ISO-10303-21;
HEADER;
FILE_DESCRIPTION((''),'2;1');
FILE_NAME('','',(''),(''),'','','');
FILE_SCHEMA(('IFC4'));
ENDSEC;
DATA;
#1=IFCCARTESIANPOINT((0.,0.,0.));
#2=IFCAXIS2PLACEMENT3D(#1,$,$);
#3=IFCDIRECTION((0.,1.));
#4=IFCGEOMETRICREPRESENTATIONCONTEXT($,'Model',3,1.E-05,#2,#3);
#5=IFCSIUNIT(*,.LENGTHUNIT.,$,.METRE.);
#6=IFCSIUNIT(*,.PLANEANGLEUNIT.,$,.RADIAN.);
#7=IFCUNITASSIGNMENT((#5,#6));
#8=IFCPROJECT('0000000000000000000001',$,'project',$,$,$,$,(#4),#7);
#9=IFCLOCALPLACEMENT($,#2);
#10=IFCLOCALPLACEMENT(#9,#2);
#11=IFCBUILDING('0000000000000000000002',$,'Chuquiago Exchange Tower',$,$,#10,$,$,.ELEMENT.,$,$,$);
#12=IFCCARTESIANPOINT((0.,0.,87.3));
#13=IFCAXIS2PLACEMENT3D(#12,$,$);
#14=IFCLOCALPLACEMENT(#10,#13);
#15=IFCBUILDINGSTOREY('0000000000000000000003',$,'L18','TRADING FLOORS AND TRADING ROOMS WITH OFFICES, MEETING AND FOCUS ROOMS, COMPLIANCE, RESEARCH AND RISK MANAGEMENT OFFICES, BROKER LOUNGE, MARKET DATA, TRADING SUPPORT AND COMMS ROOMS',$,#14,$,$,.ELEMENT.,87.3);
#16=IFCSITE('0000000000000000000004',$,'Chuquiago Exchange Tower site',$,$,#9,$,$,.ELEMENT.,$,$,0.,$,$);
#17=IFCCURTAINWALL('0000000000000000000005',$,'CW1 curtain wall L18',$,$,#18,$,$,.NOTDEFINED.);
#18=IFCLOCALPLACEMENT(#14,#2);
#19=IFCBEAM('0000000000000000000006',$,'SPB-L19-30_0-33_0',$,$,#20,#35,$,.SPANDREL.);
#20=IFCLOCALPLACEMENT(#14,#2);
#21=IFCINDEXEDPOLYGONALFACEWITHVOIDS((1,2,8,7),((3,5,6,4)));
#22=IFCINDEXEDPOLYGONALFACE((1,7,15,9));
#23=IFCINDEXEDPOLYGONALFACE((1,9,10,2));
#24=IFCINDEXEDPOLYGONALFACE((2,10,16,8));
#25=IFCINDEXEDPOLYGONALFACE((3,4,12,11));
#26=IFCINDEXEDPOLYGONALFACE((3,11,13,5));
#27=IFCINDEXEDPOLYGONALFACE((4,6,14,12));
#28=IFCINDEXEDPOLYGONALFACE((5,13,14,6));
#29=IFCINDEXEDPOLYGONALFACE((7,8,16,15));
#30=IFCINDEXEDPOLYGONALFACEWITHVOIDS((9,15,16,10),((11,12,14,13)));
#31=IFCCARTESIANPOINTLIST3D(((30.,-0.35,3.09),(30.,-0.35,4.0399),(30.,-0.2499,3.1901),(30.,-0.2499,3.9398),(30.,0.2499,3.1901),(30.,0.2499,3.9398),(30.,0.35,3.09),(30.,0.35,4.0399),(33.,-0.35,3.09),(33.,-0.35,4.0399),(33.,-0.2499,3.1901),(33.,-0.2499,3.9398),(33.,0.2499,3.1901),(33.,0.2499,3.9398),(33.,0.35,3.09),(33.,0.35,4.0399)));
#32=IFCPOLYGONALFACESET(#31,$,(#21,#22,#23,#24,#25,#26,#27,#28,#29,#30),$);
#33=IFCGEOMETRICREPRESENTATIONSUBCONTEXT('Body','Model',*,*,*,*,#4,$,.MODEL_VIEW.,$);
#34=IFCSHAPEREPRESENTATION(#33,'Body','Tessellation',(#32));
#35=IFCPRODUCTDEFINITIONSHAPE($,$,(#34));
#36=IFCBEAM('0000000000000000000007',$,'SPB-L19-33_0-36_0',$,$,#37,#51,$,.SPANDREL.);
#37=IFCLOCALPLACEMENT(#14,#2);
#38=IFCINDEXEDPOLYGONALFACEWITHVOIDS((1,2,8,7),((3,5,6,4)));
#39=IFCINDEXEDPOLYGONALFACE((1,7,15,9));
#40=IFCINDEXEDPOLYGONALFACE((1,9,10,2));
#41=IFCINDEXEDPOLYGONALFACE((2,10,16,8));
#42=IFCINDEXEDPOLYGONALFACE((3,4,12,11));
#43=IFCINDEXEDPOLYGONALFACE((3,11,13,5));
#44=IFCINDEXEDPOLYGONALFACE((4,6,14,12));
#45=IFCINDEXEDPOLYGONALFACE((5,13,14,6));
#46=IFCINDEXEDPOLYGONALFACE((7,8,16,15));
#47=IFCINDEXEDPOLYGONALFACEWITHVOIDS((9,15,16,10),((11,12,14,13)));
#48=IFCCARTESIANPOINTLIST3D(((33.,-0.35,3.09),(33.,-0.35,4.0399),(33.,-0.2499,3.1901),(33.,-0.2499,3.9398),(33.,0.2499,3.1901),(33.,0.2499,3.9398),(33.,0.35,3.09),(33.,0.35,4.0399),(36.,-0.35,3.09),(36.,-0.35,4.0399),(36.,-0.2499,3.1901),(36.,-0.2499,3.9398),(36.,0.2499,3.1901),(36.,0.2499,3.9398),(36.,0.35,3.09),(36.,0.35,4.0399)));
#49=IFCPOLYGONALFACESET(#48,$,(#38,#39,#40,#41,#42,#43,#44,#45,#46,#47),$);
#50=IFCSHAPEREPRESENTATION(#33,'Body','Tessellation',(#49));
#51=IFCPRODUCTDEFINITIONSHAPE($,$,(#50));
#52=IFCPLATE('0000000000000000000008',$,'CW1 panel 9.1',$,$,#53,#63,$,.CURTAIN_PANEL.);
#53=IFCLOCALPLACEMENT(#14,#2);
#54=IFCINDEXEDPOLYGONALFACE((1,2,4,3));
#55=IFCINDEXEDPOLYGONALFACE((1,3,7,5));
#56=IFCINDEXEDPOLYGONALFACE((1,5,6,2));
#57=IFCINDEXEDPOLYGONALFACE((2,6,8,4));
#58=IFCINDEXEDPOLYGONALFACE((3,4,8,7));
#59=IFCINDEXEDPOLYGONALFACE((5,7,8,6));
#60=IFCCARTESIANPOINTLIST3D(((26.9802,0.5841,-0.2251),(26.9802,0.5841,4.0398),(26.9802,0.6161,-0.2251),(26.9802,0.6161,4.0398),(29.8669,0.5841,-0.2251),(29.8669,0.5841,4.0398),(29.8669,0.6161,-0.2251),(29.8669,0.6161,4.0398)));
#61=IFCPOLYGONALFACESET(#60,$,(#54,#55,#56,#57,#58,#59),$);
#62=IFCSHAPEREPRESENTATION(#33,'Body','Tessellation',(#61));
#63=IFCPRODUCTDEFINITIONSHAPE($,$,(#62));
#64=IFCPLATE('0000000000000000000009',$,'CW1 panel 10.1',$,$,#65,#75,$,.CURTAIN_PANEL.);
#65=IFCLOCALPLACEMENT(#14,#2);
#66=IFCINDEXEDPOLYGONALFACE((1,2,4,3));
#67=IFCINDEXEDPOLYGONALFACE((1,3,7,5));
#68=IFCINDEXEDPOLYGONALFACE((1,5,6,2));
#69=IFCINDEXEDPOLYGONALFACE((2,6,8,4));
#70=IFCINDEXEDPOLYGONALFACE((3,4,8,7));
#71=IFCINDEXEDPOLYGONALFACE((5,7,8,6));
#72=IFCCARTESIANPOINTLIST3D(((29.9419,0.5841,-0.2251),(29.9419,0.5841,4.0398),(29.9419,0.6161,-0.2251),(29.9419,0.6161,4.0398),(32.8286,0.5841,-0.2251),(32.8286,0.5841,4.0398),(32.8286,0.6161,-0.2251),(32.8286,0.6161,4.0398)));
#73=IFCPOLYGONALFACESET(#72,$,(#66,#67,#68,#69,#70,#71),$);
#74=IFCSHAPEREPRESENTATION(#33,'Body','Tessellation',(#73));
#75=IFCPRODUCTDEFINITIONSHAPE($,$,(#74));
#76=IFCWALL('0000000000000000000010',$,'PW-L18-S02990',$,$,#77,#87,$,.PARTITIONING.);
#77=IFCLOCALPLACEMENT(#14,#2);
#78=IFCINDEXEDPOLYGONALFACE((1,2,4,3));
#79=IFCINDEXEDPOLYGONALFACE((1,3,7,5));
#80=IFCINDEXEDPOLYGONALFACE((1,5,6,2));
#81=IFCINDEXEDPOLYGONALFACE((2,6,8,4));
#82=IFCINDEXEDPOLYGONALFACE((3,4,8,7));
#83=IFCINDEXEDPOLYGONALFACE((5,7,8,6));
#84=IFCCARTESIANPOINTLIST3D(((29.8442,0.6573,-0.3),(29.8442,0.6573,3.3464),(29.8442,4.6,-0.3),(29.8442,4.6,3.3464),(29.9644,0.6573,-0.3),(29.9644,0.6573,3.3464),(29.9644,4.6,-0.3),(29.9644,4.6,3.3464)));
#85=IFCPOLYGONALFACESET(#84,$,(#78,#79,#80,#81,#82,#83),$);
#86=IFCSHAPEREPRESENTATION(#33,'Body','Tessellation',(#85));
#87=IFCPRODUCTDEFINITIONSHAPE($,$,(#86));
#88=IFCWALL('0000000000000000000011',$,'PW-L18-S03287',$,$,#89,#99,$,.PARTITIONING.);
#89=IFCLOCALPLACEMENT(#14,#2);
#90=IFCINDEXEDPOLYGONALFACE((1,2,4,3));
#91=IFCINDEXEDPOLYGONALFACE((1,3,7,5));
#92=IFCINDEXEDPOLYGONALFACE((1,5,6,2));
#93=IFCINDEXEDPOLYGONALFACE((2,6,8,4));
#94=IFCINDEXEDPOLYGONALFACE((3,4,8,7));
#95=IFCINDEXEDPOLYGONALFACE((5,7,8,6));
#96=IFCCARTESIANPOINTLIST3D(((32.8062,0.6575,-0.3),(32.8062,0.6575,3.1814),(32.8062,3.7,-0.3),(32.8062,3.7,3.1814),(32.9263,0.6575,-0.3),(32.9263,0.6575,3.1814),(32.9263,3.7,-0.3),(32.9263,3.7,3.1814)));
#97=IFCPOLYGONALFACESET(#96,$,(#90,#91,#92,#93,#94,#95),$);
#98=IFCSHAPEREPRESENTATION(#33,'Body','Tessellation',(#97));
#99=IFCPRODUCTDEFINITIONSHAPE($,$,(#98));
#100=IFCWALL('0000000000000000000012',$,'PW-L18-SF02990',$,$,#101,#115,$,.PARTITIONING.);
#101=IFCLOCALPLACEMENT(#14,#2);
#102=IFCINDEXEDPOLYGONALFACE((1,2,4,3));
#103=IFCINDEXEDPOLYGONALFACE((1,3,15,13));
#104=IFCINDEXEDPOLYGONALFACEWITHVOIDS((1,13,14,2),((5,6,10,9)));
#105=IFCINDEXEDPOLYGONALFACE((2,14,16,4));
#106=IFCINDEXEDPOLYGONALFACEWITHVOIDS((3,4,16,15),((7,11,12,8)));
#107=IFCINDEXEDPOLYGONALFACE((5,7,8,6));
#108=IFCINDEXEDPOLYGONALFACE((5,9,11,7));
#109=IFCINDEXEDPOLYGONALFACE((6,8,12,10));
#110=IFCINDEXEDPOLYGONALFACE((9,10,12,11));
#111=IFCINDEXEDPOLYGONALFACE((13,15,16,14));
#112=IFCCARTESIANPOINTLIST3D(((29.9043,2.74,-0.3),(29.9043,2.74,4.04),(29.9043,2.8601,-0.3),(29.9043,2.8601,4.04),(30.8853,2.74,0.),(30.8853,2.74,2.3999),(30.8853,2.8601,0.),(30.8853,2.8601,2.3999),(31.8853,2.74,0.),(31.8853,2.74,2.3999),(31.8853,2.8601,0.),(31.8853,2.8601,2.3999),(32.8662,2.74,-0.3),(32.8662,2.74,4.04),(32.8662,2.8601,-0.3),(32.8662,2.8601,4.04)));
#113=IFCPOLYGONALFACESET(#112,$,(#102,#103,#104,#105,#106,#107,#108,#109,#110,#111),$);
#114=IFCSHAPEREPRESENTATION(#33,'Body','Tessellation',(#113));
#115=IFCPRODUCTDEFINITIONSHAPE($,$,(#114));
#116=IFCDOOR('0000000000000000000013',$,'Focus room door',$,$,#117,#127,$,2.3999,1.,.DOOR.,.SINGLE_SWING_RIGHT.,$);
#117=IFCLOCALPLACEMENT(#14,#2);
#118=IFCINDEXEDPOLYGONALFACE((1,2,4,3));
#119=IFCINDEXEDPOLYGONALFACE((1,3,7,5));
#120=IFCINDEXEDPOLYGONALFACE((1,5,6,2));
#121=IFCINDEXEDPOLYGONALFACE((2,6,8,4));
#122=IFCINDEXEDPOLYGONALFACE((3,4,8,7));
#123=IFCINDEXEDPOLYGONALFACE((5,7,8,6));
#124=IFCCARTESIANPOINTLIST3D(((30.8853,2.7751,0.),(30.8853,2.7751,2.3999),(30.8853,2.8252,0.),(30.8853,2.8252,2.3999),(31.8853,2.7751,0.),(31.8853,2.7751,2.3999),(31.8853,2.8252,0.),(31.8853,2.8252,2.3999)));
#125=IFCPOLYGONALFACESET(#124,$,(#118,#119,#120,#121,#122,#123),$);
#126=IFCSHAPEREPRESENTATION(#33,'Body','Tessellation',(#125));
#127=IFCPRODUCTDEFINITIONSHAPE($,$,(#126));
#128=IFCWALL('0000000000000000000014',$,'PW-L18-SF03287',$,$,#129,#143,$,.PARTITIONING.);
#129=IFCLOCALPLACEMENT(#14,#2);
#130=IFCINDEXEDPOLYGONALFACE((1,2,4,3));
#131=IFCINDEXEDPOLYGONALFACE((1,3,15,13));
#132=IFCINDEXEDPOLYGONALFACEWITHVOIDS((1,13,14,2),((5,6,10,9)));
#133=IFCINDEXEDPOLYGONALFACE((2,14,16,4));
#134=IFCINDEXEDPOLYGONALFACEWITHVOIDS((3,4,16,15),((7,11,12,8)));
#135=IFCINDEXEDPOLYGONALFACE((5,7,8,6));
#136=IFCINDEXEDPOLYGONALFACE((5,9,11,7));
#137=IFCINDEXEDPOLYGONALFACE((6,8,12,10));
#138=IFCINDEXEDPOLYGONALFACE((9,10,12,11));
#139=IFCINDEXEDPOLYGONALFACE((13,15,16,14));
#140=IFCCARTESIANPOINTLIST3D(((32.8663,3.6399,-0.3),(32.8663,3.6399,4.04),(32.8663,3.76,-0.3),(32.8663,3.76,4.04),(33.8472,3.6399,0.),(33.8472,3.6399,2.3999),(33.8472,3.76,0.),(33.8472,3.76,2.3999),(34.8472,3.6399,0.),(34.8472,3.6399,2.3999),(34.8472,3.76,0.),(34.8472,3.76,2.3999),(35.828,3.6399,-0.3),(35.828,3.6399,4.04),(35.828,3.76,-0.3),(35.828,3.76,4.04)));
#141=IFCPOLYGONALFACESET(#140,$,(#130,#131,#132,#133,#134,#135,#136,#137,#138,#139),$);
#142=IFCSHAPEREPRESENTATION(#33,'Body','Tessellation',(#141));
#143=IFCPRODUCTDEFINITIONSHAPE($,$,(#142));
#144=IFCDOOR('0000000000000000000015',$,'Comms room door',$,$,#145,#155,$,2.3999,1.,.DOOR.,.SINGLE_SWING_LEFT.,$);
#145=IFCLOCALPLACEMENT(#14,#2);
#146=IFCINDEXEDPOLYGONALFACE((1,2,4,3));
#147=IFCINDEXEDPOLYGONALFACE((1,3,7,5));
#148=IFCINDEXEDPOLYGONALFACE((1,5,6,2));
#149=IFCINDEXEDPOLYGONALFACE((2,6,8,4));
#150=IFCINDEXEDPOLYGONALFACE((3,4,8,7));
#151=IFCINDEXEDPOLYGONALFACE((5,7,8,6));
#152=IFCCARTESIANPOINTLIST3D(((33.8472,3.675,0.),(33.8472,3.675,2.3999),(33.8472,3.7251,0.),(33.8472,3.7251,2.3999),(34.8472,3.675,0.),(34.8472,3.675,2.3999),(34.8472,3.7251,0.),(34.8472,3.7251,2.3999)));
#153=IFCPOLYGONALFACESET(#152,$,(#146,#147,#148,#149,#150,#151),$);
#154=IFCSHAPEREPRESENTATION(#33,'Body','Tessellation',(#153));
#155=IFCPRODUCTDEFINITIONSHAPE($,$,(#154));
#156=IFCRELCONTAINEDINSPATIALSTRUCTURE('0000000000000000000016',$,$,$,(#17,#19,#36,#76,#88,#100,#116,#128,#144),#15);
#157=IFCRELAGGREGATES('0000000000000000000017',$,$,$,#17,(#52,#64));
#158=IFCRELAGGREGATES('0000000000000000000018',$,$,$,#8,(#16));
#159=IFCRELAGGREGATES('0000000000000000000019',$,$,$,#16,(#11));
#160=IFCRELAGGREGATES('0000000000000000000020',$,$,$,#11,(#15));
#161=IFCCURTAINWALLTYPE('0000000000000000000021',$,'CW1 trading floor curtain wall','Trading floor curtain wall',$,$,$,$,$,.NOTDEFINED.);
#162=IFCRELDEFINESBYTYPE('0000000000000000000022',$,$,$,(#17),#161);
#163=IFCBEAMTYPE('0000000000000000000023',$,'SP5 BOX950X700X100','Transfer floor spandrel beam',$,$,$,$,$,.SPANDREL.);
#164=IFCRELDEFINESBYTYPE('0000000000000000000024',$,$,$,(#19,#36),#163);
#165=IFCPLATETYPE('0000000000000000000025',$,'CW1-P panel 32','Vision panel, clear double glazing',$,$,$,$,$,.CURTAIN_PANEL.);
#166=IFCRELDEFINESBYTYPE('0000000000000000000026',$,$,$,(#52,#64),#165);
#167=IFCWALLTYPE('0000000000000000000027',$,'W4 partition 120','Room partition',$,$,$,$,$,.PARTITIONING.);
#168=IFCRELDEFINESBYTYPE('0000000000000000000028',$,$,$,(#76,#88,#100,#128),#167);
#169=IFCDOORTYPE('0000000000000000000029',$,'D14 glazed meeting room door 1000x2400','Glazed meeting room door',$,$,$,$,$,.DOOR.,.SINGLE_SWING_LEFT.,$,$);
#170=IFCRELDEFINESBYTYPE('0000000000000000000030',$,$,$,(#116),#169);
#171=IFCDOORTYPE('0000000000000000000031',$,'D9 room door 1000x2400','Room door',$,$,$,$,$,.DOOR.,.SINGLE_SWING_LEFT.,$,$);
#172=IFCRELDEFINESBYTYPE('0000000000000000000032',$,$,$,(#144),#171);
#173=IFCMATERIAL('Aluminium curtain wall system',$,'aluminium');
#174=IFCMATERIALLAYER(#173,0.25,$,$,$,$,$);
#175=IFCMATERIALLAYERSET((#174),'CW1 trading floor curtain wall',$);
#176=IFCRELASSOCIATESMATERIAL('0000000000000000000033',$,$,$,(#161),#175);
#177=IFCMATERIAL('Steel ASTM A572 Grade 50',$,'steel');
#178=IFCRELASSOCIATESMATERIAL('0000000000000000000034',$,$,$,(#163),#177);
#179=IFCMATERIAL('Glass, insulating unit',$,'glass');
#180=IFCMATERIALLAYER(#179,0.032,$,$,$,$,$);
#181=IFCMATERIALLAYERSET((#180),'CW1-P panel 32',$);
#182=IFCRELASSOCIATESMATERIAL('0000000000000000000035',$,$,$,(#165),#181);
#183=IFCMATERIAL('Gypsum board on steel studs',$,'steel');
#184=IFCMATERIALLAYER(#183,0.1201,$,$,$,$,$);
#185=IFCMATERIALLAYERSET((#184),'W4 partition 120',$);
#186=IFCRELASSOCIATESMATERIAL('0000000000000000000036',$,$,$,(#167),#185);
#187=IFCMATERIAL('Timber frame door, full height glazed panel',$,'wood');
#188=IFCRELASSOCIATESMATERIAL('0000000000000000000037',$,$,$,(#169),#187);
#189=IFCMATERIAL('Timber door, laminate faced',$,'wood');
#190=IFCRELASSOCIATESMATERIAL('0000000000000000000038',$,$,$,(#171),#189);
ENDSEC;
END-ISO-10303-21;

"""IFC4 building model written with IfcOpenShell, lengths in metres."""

from ifc_helpers import new_model, si_unit, direction, frame, frame_2d, origin, origin_2d, place, context, subcontext, project, spatial, rectangle, hollow_rectangle, extrude, material, layer, layer_set, material_profile, profile_set, type_object, element, fill, aggregate, save


model = new_model("IFC4")

# Units and contexts
model_context = context("Model", 3, precision=1e-05, world=origin(), true_north=direction((0.0, 1.0)))
body_context = subcontext(model_context, "Body", "Model", "MODEL_VIEW")
ifc_project = project(units=[si_unit("LENGTHUNIT", "METRE"), si_unit("PLANEANGLEUNIT", "RADIAN")], contexts=[model_context])

# Site, building, storey
site_placement = place(None, origin())
site = spatial("IfcSite", under=ifc_project, at=site_placement, Name="Chuquiago Exchange Tower site", CompositionType="ELEMENT", RefElevation=0.0)
building_placement = place(site_placement, origin())
building = spatial("IfcBuilding", under=site, at=building_placement, Name="Chuquiago Exchange Tower", CompositionType="ELEMENT")
storey_placement = place(building_placement, frame((0.0, 0.0, 87.3)))
storey = spatial("IfcBuildingStorey", under=building, at=storey_placement, Name="L18", Description="TRADING FLOORS AND TRADING ROOMS WITH OFFICES, MEETING AND FOCUS ROOMS, COMPLIANCE, RESEARCH AND RISK MANAGEMENT OFFICES, BROKER LOUNGE, MARKET DATA, TRADING SUPPORT AND COMMS ROOMS", CompositionType="ELEMENT", Elevation=87.3)

# Curtain wall
ifc_material_1 = material(Name="Aluminium curtain wall system", Category="aluminium")
ifc_layer_1 = layer(ifc_material_1, 0.25)
ifc_layer_set_1 = layer_set([ifc_layer_1], Name="CW1 trading floor curtain wall")
curtain_wall_type = type_object("IfcCurtainWallType", Name="CW1 trading floor curtain wall", Description="Trading floor curtain wall", PredefinedType="NOTDEFINED", material=ifc_layer_set_1)
curtain_wall_placement = place(storey_placement, origin())
curtain_wall = element("IfcCurtainWall", 1, at=curtain_wall_placement, inside=storey, type_object=curtain_wall_type, Name="CW1 curtain wall L18", PredefinedType="NOTDEFINED")

# Beams
ifc_material_2 = material(Name="Steel ASTM A572 Grade 50", Category="steel")
ifc_material_profile_1 = material_profile(ifc_material_2, hollow_rectangle(XDim=0.7, YDim=0.95, WallThickness=0.1001, at=origin_2d()), Name="BOX950X700X100")
ifc_profile_set_1 = profile_set([ifc_material_profile_1], Name="Steel ASTM A572 Grade 50")
beam_type_1 = type_object("IfcBeamType", Name="SP5 BOX950X700X100", Description="Transfer floor spandrel beam", PredefinedType="SPANDREL", material=ifc_profile_set_1)
for number, where, z_axis, x_axis, name in (
    (2, (30.0, 0.0, 3.5649), (1.0, 0.0, 0.0), (0.0, 1.0, 0.0), "SPB-L19-30_0-33_0"),
    (3, (33.0, 0.0, 3.5649), (1.0, 0.0, 0.0), (0.0, 1.0, 0.0), "SPB-L19-33_0-36_0"),
):
    element("IfcBeam", number, at=place(storey_placement, frame(where, z_axis=z_axis, x_axis=x_axis)), inside=storey, type_object=beam_type_1, Name=name, PredefinedType="SPANDREL", context=body_context, shape_type="SweptSolid", body=[
        extrude(hollow_rectangle(XDim=0.7, YDim=0.95, WallThickness=0.1001, at=origin_2d()), origin(), (0.0, 0.0, 1.0), 3.0),
    ])

# Plates
ifc_material_3 = material(Name="Glass, insulating unit", Category="glass")
ifc_layer_2 = layer(ifc_material_3, 0.032)
ifc_layer_set_2 = layer_set([ifc_layer_2], Name="CW1-P panel 32")
plate_type = type_object("IfcPlateType", Name="CW1-P panel 32", Description="Vision panel, clear double glazing", PredefinedType="CURTAIN_PANEL", material=ifc_layer_set_2)
plate_1_placement = place(storey_placement, frame((28.4236, 0.6001, -0.2251), z_axis=(0.0, 0.0, 1.0), x_axis=(1.0, 0.0, 0.0)))
plate_1 = element("IfcPlate", 4, at=plate_1_placement, type_object=plate_type, Name="CW1 panel 9.1", PredefinedType="CURTAIN_PANEL", context=body_context, shape_type="SweptSolid", body=[
    extrude(rectangle(XDim=2.8867, YDim=0.032, at=origin_2d()), origin(), (0.0, 0.0, 1.0), 4.2649),
])
plate_2_placement = place(storey_placement, frame((31.3853, 0.6001, -0.2251), z_axis=(0.0, 0.0, 1.0), x_axis=(1.0, 0.0, 0.0)))
plate_2 = element("IfcPlate", 5, at=plate_2_placement, type_object=plate_type, Name="CW1 panel 10.1", PredefinedType="CURTAIN_PANEL", context=body_context, shape_type="SweptSolid", body=[
    extrude(rectangle(XDim=2.8867, YDim=0.032, at=origin_2d()), origin(), (0.0, 0.0, 1.0), 4.2649),
])
aggregate(curtain_wall, [plate_1, plate_2])

# Walls
ifc_material_4 = material(Name="Gypsum board on steel studs", Category="steel")
ifc_layer_3 = layer(ifc_material_4, 0.1201)
ifc_layer_set_3 = layer_set([ifc_layer_3], Name="W4 partition 120")
wall_type = type_object("IfcWallType", Name="W4 partition 120", Description="Room partition", PredefinedType="PARTITIONING", material=ifc_layer_set_3)
wall_1_placement = place(storey_placement, frame((29.9043, 0.6575, -0.3), z_axis=(0.0, 0.0, 1.0), x_axis=(0.0, 1.0, 0.0)))
element("IfcWall", 6, at=wall_1_placement, inside=storey, type_object=wall_type, Name="PW-L18-S02990", PredefinedType="PARTITIONING", context=body_context, shape_type="SweptSolid", body=[
    extrude(rectangle(XDim=3.9426, YDim=0.1201, at=frame_2d((1.9712, 0.0))), origin(), (0.0, 0.0, 1.0), 3.6465),
])
wall_2_placement = place(storey_placement, frame((32.8662, 0.6575, -0.3), z_axis=(0.0, 0.0, 1.0), x_axis=(0.0, 1.0, 0.0)))
element("IfcWall", 7, at=wall_2_placement, inside=storey, type_object=wall_type, Name="PW-L18-S03287", PredefinedType="PARTITIONING", context=body_context, shape_type="SweptSolid", body=[
    extrude(rectangle(XDim=3.0425, YDim=0.1201, at=frame_2d((1.5212, 0.0))), origin(), (0.0, 0.0, 1.0), 3.4814),
])

# Walls, openings, doors
wall_3_placement = place(storey_placement, frame((29.9043, 2.8, -0.3), z_axis=(0.0, 0.0, 1.0), x_axis=(1.0, 0.0, 0.0)))
wall_3 = element("IfcWall", 8, at=wall_3_placement, inside=storey, type_object=wall_type, Name="PW-L18-SF02990", PredefinedType="PARTITIONING", context=body_context, shape_type="SweptSolid", body=[
    extrude(rectangle(XDim=2.9619, YDim=0.1201, at=frame_2d((1.481, 0.0))), origin(), (0.0, 0.0, 1.0), 4.3401),
])
opening_1_placement = place(wall_3_placement, frame((0.981, 0.0, 0.3)))
opening_1 = element("IfcOpeningElement", 9, at=opening_1_placement, cuts=wall_3, PredefinedType="OPENING", context=body_context, shape_type="SweptSolid", body=[
    extrude(rectangle(XDim=1.0, YDim=2.3999, at=frame_2d((0.5, 1.2))), frame((0.0, 0.0701, 0.0), z_axis=(0.0, -1.0, 0.0), x_axis=(1.0, 0.0, 0.0)), (0.0, 0.0, 1.0), 0.1401),
])
ifc_material_5 = material(Name="Timber frame door, full height glazed panel", Category="wood")
door_type_1 = type_object("IfcDoorType", Name="D14 glazed meeting room door 1000x2400", Description="Glazed meeting room door", OperationType="SINGLE_SWING_LEFT", PredefinedType="DOOR", material=ifc_material_5)
door_1_placement = place(opening_1_placement, frame((1.0, 0.0, 0.0), z_axis=(0.0, 0.0, 1.0), x_axis=(-1.0, 0.0, 0.0)))
door_1 = element("IfcDoor", 10, at=door_1_placement, inside=storey, type_object=door_type_1, Name="Focus room door", OperationType="SINGLE_SWING_RIGHT", OverallHeight=2.3999, OverallWidth=1.0, PredefinedType="DOOR", context=body_context, shape_type="SweptSolid", body=[
    extrude(rectangle(XDim=1.0, YDim=2.3999, at=frame_2d((0.5, 1.2))), frame((0.0, 0.0249, 0.0), z_axis=(0.0, -1.0, 0.0), x_axis=(1.0, 0.0, 0.0)), (0.0, 0.0, 1.0), 0.05),
])
fill(opening_1, door_1)
wall_4_placement = place(storey_placement, frame((32.8662, 3.7, -0.3), z_axis=(0.0, 0.0, 1.0), x_axis=(1.0, 0.0, 0.0)))
wall_4 = element("IfcWall", 11, at=wall_4_placement, inside=storey, type_object=wall_type, Name="PW-L18-SF03287", PredefinedType="PARTITIONING", context=body_context, shape_type="SweptSolid", body=[
    extrude(rectangle(XDim=2.9617, YDim=0.1201, at=frame_2d((1.481, 0.0))), origin(), (0.0, 0.0, 1.0), 4.3401),
])
opening_2_placement = place(wall_4_placement, frame((0.981, 0.0, 0.3)))
opening_2 = element("IfcOpeningElement", 12, at=opening_2_placement, cuts=wall_4, PredefinedType="OPENING", context=body_context, shape_type="SweptSolid", body=[
    extrude(rectangle(XDim=1.0, YDim=2.3999, at=frame_2d((0.5, 1.2))), frame((0.0, 0.0701, 0.0), z_axis=(0.0, -1.0, 0.0), x_axis=(1.0, 0.0, 0.0)), (0.0, 0.0, 1.0), 0.1401),
])
ifc_material_6 = material(Name="Timber door, laminate faced", Category="wood")
door_type_2 = type_object("IfcDoorType", Name="D9 room door 1000x2400", Description="Room door", OperationType="SINGLE_SWING_LEFT", PredefinedType="DOOR", material=ifc_material_6)
door_2_placement = place(opening_2_placement, frame((1.0, 0.0, 0.0), z_axis=(0.0, 0.0, 1.0), x_axis=(-1.0, 0.0, 0.0)))
door_2 = element("IfcDoor", 13, at=door_2_placement, inside=storey, type_object=door_type_2, Name="Comms room door", OperationType="SINGLE_SWING_LEFT", OverallHeight=2.3999, OverallWidth=1.0, PredefinedType="DOOR", context=body_context, shape_type="SweptSolid", body=[
    extrude(rectangle(XDim=1.0, YDim=2.3999, at=frame_2d((0.5, 1.2))), frame((0.0, 0.0249, 0.0), z_axis=(0.0, -1.0, 0.0), x_axis=(1.0, 0.0, 0.0)), (0.0, 0.0, 1.0), 0.05),
])
fill(opening_2, door_2)

save(model, "model.ifc")
